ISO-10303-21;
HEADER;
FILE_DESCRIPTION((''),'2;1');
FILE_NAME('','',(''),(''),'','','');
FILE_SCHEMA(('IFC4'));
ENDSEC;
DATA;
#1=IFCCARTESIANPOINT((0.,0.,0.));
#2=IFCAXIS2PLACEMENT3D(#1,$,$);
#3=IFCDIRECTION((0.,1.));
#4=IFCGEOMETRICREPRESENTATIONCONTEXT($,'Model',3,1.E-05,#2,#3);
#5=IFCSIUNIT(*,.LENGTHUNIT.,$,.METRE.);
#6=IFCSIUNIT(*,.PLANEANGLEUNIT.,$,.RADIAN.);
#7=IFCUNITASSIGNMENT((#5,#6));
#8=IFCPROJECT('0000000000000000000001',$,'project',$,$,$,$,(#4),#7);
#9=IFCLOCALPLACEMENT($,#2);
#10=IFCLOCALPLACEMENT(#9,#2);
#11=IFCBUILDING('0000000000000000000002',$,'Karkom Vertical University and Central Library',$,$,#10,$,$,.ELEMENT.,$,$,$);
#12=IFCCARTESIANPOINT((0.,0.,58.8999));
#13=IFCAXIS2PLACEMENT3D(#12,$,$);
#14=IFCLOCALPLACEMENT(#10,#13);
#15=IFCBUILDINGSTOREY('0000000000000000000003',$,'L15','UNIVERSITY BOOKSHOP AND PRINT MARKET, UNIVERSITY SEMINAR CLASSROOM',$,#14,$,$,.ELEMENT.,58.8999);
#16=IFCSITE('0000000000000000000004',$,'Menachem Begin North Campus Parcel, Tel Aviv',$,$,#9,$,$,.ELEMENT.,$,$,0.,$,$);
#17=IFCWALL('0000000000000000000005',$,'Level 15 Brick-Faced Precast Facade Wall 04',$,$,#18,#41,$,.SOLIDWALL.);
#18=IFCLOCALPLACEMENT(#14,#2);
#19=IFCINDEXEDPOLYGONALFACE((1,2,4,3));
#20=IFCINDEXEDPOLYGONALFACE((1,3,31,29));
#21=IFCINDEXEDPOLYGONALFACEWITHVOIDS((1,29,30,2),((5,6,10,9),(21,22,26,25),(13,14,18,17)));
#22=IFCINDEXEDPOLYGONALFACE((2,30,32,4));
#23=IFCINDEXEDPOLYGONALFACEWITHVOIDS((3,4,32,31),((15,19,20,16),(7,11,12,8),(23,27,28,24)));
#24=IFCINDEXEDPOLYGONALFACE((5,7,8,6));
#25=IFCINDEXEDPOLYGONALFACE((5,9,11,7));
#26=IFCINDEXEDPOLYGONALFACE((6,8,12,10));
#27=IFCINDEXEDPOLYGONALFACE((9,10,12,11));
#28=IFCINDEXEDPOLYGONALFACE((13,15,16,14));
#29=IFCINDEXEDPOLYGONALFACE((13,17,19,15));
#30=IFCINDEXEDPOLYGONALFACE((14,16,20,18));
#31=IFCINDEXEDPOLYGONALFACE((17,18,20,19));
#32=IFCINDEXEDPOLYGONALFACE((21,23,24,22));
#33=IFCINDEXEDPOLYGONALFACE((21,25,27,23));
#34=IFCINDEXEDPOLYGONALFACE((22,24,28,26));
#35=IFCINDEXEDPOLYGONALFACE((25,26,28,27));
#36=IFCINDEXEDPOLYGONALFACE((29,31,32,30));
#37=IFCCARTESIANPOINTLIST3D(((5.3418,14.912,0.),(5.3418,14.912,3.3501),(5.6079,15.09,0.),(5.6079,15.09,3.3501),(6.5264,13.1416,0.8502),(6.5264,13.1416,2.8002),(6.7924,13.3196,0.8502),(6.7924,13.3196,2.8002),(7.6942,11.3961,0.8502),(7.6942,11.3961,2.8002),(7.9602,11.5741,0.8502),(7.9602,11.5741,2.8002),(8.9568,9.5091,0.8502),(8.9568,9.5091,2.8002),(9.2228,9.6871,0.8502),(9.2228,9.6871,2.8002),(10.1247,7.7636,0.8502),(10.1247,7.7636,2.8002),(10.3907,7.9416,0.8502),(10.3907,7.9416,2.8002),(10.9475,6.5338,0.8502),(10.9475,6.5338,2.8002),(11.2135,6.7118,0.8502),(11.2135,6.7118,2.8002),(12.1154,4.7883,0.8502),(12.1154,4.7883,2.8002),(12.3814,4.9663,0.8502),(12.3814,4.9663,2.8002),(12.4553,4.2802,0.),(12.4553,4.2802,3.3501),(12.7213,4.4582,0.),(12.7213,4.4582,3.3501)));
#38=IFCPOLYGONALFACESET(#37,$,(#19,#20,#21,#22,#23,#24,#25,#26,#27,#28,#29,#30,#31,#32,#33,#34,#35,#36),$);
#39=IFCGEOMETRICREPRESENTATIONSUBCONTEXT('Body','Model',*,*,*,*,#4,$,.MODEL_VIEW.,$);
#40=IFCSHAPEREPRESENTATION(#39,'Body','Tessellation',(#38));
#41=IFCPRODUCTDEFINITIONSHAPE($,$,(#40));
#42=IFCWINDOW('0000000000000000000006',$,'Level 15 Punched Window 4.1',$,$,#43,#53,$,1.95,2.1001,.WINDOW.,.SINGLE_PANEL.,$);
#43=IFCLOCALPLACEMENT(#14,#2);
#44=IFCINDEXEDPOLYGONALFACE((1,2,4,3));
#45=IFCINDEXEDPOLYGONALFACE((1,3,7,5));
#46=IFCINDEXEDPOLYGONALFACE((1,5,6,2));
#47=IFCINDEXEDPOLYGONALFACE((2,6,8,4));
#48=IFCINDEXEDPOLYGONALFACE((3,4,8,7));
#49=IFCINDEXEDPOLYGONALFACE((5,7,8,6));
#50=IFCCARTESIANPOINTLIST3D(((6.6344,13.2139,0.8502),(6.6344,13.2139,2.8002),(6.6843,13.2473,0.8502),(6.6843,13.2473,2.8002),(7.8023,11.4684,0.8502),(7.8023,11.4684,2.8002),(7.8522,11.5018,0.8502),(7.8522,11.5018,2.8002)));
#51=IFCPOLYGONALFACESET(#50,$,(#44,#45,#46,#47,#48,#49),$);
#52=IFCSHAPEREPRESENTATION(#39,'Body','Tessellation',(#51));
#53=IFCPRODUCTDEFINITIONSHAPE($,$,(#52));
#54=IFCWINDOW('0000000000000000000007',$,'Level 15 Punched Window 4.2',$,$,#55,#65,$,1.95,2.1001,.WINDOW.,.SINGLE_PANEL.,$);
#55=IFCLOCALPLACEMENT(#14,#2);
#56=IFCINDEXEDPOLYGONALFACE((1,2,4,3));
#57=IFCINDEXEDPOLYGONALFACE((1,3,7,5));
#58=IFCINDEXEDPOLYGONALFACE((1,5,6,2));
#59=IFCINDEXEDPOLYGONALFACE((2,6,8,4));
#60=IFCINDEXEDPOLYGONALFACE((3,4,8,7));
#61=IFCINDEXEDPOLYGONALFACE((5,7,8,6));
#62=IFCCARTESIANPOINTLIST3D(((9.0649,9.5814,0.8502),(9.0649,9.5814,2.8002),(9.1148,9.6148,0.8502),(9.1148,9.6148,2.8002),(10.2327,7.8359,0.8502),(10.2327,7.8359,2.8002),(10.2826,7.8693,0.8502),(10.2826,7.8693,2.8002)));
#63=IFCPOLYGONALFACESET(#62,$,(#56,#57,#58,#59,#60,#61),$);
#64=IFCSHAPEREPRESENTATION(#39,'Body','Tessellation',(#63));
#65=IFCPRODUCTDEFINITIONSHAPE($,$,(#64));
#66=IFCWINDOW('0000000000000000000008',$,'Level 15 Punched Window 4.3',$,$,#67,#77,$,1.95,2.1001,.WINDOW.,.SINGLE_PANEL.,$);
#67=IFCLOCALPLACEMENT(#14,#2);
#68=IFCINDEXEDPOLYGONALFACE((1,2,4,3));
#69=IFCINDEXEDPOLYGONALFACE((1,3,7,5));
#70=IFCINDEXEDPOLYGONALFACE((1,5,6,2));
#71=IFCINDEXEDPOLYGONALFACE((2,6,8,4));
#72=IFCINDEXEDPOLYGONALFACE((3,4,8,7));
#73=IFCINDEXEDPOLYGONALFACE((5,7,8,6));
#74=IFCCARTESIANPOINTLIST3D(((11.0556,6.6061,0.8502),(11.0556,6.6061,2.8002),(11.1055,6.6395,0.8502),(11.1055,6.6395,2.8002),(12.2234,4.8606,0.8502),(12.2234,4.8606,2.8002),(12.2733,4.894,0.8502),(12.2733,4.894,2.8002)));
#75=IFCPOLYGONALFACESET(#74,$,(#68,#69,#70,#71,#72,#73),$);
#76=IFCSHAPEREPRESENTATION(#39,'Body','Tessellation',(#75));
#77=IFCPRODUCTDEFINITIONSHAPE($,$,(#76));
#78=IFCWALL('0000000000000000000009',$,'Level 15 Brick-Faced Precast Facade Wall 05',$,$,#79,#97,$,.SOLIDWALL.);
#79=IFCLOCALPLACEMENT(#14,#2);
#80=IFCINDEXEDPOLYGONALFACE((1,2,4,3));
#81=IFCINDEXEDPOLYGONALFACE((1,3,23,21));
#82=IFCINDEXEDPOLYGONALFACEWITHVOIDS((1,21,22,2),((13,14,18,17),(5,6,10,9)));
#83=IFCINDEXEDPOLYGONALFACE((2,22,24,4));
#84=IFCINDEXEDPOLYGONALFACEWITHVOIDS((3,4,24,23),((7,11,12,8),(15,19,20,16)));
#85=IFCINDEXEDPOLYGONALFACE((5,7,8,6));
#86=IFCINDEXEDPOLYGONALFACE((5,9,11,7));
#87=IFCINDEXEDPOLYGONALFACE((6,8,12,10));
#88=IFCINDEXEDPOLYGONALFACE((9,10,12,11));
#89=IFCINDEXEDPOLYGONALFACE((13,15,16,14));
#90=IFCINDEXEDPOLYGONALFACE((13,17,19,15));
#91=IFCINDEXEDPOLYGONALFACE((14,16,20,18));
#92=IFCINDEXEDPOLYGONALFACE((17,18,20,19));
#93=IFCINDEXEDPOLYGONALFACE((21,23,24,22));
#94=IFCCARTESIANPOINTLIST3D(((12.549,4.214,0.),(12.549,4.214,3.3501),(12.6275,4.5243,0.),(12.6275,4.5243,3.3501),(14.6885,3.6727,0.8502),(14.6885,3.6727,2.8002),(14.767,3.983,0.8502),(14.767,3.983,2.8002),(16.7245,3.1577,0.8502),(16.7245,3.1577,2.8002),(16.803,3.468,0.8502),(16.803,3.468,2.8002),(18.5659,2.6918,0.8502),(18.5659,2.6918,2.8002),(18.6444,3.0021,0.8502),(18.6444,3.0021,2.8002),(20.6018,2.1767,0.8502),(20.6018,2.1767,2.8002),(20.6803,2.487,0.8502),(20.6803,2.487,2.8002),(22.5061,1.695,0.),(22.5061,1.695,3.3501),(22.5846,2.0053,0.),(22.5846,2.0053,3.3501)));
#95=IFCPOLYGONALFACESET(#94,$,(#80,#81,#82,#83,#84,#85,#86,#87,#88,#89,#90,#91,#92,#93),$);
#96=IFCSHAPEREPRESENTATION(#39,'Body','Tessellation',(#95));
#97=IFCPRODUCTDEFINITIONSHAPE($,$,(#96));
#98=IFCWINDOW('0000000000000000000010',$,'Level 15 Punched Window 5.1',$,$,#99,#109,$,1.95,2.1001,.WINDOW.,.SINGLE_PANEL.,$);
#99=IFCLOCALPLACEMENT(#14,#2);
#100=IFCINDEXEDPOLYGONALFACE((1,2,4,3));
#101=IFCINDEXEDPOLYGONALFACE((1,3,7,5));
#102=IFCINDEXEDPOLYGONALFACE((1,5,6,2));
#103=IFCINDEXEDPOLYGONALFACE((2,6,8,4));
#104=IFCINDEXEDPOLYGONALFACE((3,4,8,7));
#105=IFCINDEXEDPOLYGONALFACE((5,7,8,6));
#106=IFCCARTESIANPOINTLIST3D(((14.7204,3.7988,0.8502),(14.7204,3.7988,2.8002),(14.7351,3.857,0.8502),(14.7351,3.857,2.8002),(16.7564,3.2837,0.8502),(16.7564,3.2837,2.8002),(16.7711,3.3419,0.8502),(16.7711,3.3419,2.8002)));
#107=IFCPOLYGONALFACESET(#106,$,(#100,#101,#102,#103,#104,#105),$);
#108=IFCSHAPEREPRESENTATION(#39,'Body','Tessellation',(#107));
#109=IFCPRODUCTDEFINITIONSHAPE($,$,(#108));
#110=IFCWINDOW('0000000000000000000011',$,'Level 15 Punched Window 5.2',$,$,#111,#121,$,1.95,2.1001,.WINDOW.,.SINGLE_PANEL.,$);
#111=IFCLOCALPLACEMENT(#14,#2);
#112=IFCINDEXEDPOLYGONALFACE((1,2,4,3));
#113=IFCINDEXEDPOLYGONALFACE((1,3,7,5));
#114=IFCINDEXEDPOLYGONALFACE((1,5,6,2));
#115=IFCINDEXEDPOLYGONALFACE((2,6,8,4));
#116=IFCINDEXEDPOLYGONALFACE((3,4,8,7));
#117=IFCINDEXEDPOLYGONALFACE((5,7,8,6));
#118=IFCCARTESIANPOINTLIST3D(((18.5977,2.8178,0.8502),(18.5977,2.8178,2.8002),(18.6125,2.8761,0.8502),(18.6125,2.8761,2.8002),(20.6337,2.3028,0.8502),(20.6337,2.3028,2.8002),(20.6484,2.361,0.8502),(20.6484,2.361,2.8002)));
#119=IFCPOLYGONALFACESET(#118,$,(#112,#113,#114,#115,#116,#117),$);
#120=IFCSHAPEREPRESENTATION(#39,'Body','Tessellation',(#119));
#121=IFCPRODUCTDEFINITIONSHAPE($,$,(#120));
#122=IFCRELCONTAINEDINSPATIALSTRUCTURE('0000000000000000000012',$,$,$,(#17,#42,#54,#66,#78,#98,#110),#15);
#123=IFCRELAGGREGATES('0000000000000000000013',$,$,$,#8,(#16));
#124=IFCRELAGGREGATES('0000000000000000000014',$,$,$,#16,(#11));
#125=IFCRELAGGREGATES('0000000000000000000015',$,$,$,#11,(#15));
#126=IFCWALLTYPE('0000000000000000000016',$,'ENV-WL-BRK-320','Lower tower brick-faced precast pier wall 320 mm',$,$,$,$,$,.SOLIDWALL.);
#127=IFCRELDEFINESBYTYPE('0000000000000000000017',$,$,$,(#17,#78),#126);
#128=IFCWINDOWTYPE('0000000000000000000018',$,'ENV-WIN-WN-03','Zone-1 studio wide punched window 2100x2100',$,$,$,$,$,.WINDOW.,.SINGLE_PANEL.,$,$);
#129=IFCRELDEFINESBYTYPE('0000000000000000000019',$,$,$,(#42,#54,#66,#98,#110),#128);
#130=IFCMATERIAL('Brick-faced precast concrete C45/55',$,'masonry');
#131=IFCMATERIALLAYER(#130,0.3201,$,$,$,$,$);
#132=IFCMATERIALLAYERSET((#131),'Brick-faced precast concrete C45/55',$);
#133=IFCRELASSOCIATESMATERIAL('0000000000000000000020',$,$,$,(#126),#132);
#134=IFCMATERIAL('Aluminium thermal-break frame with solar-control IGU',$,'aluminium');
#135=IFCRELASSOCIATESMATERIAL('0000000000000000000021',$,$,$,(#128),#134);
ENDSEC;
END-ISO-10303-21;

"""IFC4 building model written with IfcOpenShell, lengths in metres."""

from ifc_helpers import new_model, si_unit, direction, frame, frame_2d, origin, origin_with_axes, place, context, subcontext, project, spatial, rectangle, extrude, source, transform, mapped, material, layer, layer_set, type_object, element, fill, save


model = new_model("IFC4")

# Units and contexts
model_context = context("Model", 3, precision=1e-05, world=origin(), true_north=direction((0.0, 1.0)))
body_context = subcontext(model_context, "Body", "Model", "MODEL_VIEW")
ifc_project = project(units=[si_unit("LENGTHUNIT", "METRE"), si_unit("PLANEANGLEUNIT", "RADIAN")], contexts=[model_context])

# Site, building, storey
site_placement = place(None, origin())
site = spatial("IfcSite", under=ifc_project, at=site_placement, Name="Menachem Begin North Campus Parcel, Tel Aviv", CompositionType="ELEMENT", RefElevation=0.0)
building_placement = place(site_placement, origin())
building = spatial("IfcBuilding", under=site, at=building_placement, Name="Karkom Vertical University and Central Library", CompositionType="ELEMENT")
storey_placement = place(building_placement, frame((0.0, 0.0, 58.8999)))
storey = spatial("IfcBuildingStorey", under=building, at=storey_placement, Name="L15", Description="UNIVERSITY BOOKSHOP AND PRINT MARKET, UNIVERSITY SEMINAR CLASSROOM", CompositionType="ELEMENT", Elevation=58.8999)

# Walls, openings, windows
ifc_material_1 = material(Name="Brick-faced precast concrete C45/55", Category="masonry")
ifc_layer_1 = layer(ifc_material_1, 0.3201)
ifc_layer_set_1 = layer_set([ifc_layer_1], Name="Brick-faced precast concrete C45/55")
wall_type_1 = type_object("IfcWallType", Name="ENV-WL-BRK-320", Description="Lower tower brick-faced precast pier wall 320 mm", PredefinedType="SOLIDWALL", material=ifc_layer_set_1)
wall_1_placement = place(storey_placement, frame((5.4749, 15.001, 0.0), z_axis=(0.0, 0.0, 1.0), x_axis=(0.556087, -0.831124, 0.0)))
wall_1 = element("IfcWall", 1, at=wall_1_placement, inside=storey, type_object=wall_type_1, Name="Level 15 Brick-Faced Precast Facade Wall 04", PredefinedType="SOLIDWALL", context=body_context, shape_type="SweptSolid", body=[
    extrude(rectangle(XDim=12.792, YDim=0.3201, at=frame_2d((6.396, 0.0))), origin(), (0.0, 0.0, 1.0), 3.3501),
])
opening_1_placement = place(wall_1_placement, frame((2.1301, 0.0, 0.8501)))
opening_1 = element("IfcOpeningElement", 2, at=opening_1_placement, cuts=wall_1, PredefinedType="OPENING", context=body_context, shape_type="SweptSolid", body=[
    extrude(rectangle(XDim=2.1001, YDim=1.95, at=frame_2d((1.05, 0.9751))), frame((0.0, 0.1699, 0.0), z_axis=(0.0, -1.0, 0.0), x_axis=(1.0, 0.0, 0.0)), (0.0, 0.0, 1.0), 0.3401),
])
opening_2_placement = place(wall_1_placement, frame((6.5007, 0.0, 0.8501)))
opening_2 = element("IfcOpeningElement", 3, at=opening_2_placement, cuts=wall_1, PredefinedType="OPENING", context=body_context, shape_type="SweptSolid", body=[
    extrude(rectangle(XDim=2.1001, YDim=1.95, at=frame_2d((1.05, 0.9751))), frame((0.0, 0.1699, 0.0), z_axis=(0.0, -1.0, 0.0), x_axis=(1.0, 0.0, 0.0)), (0.0, 0.0, 1.0), 0.3401),
])
opening_3_placement = place(wall_1_placement, frame((10.0806, 0.0, 0.8501)))
opening_3 = element("IfcOpeningElement", 4, at=opening_3_placement, cuts=wall_1, PredefinedType="OPENING", context=body_context, shape_type="SweptSolid", body=[
    extrude(rectangle(XDim=2.1001, YDim=1.95, at=frame_2d((1.05, 0.9751))), frame((0.0, 0.1699, 0.0), z_axis=(0.0, -1.0, 0.0), x_axis=(1.0, 0.0, 0.0)), (0.0, 0.0, 1.0), 0.3401),
])
ifc_material_2 = material(Name="Aluminium thermal-break frame with solar-control IGU", Category="aluminium")
window_type = type_object("IfcWindowType", Name="ENV-WIN-WN-03", Description="Zone-1 studio wide punched window 2100x2100", PartitioningType="SINGLE_PANEL", PredefinedType="WINDOW", material=ifc_material_2)
shared_shape_1 = source(origin_with_axes(), body_context, "Body", "SweptSolid", [
    extrude(rectangle(XDim=2.1001, YDim=1.95, at=frame_2d((1.05, 0.9751))), frame((0.0, 0.03, 0.0), z_axis=(0.0, -1.0, 0.0), x_axis=(1.0, 0.0, 0.0)), (0.0, 0.0, 1.0), 0.0601),
])
window_1_placement = place(opening_1_placement, origin())
window_1 = element("IfcWindow", 5, at=window_1_placement, inside=storey, type_object=window_type, Name="Level 15 Punched Window 4.1", OverallHeight=1.95, OverallWidth=2.1001, PartitioningType="SINGLE_PANEL", PredefinedType="WINDOW", context=body_context, shape_type="MappedRepresentation", body=[
    mapped(shared_shape_1, transform((0.0, 0.0, 0.0), scale=1.0)),
])
fill(opening_1, window_1)
window_2_placement = place(opening_2_placement, origin())
window_2 = element("IfcWindow", 6, at=window_2_placement, inside=storey, type_object=window_type, Name="Level 15 Punched Window 4.2", OverallHeight=1.95, OverallWidth=2.1001, PartitioningType="SINGLE_PANEL", PredefinedType="WINDOW", context=body_context, shape_type="MappedRepresentation", body=[
    mapped(shared_shape_1, transform((0.0, 0.0, 0.0), scale=1.0)),
])
fill(opening_2, window_2)
window_3_placement = place(opening_3_placement, origin())
window_3 = element("IfcWindow", 7, at=window_3_placement, inside=storey, type_object=window_type, Name="Level 15 Punched Window 4.3", OverallHeight=1.95, OverallWidth=2.1001, PartitioningType="SINGLE_PANEL", PredefinedType="WINDOW", context=body_context, shape_type="MappedRepresentation", body=[
    mapped(shared_shape_1, transform((0.0, 0.0, 0.0), scale=1.0)),
])
fill(opening_3, window_3)
wall_2_placement = place(storey_placement, frame((12.5884, 4.3691, 0.0), z_axis=(0.0, 0.0, 1.0), x_axis=(0.969456, -0.245264, 0.0)))
wall_2 = element("IfcWall", 8, at=wall_2_placement, inside=storey, type_object=wall_type_1, Name="Level 15 Brick-Faced Precast Facade Wall 05", PredefinedType="SOLIDWALL", context=body_context, shape_type="SweptSolid", body=[
    extrude(rectangle(XDim=10.2708, YDim=0.3201, at=frame_2d((5.1353, 0.0))), origin(), (0.0, 0.0, 1.0), 3.3501),
])
opening_4_placement = place(wall_2_placement, frame((2.2068, 0.0, 0.8501)))
opening_4 = element("IfcOpeningElement", 9, at=opening_4_placement, cuts=wall_2, PredefinedType="OPENING", context=body_context, shape_type="SweptSolid", body=[
    extrude(rectangle(XDim=2.1001, YDim=1.95, at=frame_2d((1.05, 0.9751))), frame((0.0, 0.1699, 0.0), z_axis=(0.0, -1.0, 0.0), x_axis=(1.0, 0.0, 0.0)), (0.0, 0.0, 1.0), 0.3401),
])
opening_5_placement = place(wall_2_placement, frame((6.2063, 0.0, 0.8501)))
opening_5 = element("IfcOpeningElement", 10, at=opening_5_placement, cuts=wall_2, PredefinedType="OPENING", context=body_context, shape_type="SweptSolid", body=[
    extrude(rectangle(XDim=2.1001, YDim=1.95, at=frame_2d((1.05, 0.9751))), frame((0.0, 0.1699, 0.0), z_axis=(0.0, -1.0, 0.0), x_axis=(1.0, 0.0, 0.0)), (0.0, 0.0, 1.0), 0.3401),
])
window_4_placement = place(opening_4_placement, origin())
window_4 = element("IfcWindow", 11, at=window_4_placement, inside=storey, type_object=window_type, Name="Level 15 Punched Window 5.1", OverallHeight=1.95, OverallWidth=2.1001, PartitioningType="SINGLE_PANEL", PredefinedType="WINDOW", context=body_context, shape_type="MappedRepresentation", body=[
    mapped(shared_shape_1, transform((0.0, 0.0, 0.0), scale=1.0)),
])
fill(opening_4, window_4)
window_5_placement = place(opening_5_placement, origin())
window_5 = element("IfcWindow", 12, at=window_5_placement, inside=storey, type_object=window_type, Name="Level 15 Punched Window 5.2", OverallHeight=1.95, OverallWidth=2.1001, PartitioningType="SINGLE_PANEL", PredefinedType="WINDOW", context=body_context, shape_type="MappedRepresentation", body=[
    mapped(shared_shape_1, transform((0.0, 0.0, 0.0), scale=1.0)),
])
fill(opening_5, window_5)

save(model, "model.ifc")
